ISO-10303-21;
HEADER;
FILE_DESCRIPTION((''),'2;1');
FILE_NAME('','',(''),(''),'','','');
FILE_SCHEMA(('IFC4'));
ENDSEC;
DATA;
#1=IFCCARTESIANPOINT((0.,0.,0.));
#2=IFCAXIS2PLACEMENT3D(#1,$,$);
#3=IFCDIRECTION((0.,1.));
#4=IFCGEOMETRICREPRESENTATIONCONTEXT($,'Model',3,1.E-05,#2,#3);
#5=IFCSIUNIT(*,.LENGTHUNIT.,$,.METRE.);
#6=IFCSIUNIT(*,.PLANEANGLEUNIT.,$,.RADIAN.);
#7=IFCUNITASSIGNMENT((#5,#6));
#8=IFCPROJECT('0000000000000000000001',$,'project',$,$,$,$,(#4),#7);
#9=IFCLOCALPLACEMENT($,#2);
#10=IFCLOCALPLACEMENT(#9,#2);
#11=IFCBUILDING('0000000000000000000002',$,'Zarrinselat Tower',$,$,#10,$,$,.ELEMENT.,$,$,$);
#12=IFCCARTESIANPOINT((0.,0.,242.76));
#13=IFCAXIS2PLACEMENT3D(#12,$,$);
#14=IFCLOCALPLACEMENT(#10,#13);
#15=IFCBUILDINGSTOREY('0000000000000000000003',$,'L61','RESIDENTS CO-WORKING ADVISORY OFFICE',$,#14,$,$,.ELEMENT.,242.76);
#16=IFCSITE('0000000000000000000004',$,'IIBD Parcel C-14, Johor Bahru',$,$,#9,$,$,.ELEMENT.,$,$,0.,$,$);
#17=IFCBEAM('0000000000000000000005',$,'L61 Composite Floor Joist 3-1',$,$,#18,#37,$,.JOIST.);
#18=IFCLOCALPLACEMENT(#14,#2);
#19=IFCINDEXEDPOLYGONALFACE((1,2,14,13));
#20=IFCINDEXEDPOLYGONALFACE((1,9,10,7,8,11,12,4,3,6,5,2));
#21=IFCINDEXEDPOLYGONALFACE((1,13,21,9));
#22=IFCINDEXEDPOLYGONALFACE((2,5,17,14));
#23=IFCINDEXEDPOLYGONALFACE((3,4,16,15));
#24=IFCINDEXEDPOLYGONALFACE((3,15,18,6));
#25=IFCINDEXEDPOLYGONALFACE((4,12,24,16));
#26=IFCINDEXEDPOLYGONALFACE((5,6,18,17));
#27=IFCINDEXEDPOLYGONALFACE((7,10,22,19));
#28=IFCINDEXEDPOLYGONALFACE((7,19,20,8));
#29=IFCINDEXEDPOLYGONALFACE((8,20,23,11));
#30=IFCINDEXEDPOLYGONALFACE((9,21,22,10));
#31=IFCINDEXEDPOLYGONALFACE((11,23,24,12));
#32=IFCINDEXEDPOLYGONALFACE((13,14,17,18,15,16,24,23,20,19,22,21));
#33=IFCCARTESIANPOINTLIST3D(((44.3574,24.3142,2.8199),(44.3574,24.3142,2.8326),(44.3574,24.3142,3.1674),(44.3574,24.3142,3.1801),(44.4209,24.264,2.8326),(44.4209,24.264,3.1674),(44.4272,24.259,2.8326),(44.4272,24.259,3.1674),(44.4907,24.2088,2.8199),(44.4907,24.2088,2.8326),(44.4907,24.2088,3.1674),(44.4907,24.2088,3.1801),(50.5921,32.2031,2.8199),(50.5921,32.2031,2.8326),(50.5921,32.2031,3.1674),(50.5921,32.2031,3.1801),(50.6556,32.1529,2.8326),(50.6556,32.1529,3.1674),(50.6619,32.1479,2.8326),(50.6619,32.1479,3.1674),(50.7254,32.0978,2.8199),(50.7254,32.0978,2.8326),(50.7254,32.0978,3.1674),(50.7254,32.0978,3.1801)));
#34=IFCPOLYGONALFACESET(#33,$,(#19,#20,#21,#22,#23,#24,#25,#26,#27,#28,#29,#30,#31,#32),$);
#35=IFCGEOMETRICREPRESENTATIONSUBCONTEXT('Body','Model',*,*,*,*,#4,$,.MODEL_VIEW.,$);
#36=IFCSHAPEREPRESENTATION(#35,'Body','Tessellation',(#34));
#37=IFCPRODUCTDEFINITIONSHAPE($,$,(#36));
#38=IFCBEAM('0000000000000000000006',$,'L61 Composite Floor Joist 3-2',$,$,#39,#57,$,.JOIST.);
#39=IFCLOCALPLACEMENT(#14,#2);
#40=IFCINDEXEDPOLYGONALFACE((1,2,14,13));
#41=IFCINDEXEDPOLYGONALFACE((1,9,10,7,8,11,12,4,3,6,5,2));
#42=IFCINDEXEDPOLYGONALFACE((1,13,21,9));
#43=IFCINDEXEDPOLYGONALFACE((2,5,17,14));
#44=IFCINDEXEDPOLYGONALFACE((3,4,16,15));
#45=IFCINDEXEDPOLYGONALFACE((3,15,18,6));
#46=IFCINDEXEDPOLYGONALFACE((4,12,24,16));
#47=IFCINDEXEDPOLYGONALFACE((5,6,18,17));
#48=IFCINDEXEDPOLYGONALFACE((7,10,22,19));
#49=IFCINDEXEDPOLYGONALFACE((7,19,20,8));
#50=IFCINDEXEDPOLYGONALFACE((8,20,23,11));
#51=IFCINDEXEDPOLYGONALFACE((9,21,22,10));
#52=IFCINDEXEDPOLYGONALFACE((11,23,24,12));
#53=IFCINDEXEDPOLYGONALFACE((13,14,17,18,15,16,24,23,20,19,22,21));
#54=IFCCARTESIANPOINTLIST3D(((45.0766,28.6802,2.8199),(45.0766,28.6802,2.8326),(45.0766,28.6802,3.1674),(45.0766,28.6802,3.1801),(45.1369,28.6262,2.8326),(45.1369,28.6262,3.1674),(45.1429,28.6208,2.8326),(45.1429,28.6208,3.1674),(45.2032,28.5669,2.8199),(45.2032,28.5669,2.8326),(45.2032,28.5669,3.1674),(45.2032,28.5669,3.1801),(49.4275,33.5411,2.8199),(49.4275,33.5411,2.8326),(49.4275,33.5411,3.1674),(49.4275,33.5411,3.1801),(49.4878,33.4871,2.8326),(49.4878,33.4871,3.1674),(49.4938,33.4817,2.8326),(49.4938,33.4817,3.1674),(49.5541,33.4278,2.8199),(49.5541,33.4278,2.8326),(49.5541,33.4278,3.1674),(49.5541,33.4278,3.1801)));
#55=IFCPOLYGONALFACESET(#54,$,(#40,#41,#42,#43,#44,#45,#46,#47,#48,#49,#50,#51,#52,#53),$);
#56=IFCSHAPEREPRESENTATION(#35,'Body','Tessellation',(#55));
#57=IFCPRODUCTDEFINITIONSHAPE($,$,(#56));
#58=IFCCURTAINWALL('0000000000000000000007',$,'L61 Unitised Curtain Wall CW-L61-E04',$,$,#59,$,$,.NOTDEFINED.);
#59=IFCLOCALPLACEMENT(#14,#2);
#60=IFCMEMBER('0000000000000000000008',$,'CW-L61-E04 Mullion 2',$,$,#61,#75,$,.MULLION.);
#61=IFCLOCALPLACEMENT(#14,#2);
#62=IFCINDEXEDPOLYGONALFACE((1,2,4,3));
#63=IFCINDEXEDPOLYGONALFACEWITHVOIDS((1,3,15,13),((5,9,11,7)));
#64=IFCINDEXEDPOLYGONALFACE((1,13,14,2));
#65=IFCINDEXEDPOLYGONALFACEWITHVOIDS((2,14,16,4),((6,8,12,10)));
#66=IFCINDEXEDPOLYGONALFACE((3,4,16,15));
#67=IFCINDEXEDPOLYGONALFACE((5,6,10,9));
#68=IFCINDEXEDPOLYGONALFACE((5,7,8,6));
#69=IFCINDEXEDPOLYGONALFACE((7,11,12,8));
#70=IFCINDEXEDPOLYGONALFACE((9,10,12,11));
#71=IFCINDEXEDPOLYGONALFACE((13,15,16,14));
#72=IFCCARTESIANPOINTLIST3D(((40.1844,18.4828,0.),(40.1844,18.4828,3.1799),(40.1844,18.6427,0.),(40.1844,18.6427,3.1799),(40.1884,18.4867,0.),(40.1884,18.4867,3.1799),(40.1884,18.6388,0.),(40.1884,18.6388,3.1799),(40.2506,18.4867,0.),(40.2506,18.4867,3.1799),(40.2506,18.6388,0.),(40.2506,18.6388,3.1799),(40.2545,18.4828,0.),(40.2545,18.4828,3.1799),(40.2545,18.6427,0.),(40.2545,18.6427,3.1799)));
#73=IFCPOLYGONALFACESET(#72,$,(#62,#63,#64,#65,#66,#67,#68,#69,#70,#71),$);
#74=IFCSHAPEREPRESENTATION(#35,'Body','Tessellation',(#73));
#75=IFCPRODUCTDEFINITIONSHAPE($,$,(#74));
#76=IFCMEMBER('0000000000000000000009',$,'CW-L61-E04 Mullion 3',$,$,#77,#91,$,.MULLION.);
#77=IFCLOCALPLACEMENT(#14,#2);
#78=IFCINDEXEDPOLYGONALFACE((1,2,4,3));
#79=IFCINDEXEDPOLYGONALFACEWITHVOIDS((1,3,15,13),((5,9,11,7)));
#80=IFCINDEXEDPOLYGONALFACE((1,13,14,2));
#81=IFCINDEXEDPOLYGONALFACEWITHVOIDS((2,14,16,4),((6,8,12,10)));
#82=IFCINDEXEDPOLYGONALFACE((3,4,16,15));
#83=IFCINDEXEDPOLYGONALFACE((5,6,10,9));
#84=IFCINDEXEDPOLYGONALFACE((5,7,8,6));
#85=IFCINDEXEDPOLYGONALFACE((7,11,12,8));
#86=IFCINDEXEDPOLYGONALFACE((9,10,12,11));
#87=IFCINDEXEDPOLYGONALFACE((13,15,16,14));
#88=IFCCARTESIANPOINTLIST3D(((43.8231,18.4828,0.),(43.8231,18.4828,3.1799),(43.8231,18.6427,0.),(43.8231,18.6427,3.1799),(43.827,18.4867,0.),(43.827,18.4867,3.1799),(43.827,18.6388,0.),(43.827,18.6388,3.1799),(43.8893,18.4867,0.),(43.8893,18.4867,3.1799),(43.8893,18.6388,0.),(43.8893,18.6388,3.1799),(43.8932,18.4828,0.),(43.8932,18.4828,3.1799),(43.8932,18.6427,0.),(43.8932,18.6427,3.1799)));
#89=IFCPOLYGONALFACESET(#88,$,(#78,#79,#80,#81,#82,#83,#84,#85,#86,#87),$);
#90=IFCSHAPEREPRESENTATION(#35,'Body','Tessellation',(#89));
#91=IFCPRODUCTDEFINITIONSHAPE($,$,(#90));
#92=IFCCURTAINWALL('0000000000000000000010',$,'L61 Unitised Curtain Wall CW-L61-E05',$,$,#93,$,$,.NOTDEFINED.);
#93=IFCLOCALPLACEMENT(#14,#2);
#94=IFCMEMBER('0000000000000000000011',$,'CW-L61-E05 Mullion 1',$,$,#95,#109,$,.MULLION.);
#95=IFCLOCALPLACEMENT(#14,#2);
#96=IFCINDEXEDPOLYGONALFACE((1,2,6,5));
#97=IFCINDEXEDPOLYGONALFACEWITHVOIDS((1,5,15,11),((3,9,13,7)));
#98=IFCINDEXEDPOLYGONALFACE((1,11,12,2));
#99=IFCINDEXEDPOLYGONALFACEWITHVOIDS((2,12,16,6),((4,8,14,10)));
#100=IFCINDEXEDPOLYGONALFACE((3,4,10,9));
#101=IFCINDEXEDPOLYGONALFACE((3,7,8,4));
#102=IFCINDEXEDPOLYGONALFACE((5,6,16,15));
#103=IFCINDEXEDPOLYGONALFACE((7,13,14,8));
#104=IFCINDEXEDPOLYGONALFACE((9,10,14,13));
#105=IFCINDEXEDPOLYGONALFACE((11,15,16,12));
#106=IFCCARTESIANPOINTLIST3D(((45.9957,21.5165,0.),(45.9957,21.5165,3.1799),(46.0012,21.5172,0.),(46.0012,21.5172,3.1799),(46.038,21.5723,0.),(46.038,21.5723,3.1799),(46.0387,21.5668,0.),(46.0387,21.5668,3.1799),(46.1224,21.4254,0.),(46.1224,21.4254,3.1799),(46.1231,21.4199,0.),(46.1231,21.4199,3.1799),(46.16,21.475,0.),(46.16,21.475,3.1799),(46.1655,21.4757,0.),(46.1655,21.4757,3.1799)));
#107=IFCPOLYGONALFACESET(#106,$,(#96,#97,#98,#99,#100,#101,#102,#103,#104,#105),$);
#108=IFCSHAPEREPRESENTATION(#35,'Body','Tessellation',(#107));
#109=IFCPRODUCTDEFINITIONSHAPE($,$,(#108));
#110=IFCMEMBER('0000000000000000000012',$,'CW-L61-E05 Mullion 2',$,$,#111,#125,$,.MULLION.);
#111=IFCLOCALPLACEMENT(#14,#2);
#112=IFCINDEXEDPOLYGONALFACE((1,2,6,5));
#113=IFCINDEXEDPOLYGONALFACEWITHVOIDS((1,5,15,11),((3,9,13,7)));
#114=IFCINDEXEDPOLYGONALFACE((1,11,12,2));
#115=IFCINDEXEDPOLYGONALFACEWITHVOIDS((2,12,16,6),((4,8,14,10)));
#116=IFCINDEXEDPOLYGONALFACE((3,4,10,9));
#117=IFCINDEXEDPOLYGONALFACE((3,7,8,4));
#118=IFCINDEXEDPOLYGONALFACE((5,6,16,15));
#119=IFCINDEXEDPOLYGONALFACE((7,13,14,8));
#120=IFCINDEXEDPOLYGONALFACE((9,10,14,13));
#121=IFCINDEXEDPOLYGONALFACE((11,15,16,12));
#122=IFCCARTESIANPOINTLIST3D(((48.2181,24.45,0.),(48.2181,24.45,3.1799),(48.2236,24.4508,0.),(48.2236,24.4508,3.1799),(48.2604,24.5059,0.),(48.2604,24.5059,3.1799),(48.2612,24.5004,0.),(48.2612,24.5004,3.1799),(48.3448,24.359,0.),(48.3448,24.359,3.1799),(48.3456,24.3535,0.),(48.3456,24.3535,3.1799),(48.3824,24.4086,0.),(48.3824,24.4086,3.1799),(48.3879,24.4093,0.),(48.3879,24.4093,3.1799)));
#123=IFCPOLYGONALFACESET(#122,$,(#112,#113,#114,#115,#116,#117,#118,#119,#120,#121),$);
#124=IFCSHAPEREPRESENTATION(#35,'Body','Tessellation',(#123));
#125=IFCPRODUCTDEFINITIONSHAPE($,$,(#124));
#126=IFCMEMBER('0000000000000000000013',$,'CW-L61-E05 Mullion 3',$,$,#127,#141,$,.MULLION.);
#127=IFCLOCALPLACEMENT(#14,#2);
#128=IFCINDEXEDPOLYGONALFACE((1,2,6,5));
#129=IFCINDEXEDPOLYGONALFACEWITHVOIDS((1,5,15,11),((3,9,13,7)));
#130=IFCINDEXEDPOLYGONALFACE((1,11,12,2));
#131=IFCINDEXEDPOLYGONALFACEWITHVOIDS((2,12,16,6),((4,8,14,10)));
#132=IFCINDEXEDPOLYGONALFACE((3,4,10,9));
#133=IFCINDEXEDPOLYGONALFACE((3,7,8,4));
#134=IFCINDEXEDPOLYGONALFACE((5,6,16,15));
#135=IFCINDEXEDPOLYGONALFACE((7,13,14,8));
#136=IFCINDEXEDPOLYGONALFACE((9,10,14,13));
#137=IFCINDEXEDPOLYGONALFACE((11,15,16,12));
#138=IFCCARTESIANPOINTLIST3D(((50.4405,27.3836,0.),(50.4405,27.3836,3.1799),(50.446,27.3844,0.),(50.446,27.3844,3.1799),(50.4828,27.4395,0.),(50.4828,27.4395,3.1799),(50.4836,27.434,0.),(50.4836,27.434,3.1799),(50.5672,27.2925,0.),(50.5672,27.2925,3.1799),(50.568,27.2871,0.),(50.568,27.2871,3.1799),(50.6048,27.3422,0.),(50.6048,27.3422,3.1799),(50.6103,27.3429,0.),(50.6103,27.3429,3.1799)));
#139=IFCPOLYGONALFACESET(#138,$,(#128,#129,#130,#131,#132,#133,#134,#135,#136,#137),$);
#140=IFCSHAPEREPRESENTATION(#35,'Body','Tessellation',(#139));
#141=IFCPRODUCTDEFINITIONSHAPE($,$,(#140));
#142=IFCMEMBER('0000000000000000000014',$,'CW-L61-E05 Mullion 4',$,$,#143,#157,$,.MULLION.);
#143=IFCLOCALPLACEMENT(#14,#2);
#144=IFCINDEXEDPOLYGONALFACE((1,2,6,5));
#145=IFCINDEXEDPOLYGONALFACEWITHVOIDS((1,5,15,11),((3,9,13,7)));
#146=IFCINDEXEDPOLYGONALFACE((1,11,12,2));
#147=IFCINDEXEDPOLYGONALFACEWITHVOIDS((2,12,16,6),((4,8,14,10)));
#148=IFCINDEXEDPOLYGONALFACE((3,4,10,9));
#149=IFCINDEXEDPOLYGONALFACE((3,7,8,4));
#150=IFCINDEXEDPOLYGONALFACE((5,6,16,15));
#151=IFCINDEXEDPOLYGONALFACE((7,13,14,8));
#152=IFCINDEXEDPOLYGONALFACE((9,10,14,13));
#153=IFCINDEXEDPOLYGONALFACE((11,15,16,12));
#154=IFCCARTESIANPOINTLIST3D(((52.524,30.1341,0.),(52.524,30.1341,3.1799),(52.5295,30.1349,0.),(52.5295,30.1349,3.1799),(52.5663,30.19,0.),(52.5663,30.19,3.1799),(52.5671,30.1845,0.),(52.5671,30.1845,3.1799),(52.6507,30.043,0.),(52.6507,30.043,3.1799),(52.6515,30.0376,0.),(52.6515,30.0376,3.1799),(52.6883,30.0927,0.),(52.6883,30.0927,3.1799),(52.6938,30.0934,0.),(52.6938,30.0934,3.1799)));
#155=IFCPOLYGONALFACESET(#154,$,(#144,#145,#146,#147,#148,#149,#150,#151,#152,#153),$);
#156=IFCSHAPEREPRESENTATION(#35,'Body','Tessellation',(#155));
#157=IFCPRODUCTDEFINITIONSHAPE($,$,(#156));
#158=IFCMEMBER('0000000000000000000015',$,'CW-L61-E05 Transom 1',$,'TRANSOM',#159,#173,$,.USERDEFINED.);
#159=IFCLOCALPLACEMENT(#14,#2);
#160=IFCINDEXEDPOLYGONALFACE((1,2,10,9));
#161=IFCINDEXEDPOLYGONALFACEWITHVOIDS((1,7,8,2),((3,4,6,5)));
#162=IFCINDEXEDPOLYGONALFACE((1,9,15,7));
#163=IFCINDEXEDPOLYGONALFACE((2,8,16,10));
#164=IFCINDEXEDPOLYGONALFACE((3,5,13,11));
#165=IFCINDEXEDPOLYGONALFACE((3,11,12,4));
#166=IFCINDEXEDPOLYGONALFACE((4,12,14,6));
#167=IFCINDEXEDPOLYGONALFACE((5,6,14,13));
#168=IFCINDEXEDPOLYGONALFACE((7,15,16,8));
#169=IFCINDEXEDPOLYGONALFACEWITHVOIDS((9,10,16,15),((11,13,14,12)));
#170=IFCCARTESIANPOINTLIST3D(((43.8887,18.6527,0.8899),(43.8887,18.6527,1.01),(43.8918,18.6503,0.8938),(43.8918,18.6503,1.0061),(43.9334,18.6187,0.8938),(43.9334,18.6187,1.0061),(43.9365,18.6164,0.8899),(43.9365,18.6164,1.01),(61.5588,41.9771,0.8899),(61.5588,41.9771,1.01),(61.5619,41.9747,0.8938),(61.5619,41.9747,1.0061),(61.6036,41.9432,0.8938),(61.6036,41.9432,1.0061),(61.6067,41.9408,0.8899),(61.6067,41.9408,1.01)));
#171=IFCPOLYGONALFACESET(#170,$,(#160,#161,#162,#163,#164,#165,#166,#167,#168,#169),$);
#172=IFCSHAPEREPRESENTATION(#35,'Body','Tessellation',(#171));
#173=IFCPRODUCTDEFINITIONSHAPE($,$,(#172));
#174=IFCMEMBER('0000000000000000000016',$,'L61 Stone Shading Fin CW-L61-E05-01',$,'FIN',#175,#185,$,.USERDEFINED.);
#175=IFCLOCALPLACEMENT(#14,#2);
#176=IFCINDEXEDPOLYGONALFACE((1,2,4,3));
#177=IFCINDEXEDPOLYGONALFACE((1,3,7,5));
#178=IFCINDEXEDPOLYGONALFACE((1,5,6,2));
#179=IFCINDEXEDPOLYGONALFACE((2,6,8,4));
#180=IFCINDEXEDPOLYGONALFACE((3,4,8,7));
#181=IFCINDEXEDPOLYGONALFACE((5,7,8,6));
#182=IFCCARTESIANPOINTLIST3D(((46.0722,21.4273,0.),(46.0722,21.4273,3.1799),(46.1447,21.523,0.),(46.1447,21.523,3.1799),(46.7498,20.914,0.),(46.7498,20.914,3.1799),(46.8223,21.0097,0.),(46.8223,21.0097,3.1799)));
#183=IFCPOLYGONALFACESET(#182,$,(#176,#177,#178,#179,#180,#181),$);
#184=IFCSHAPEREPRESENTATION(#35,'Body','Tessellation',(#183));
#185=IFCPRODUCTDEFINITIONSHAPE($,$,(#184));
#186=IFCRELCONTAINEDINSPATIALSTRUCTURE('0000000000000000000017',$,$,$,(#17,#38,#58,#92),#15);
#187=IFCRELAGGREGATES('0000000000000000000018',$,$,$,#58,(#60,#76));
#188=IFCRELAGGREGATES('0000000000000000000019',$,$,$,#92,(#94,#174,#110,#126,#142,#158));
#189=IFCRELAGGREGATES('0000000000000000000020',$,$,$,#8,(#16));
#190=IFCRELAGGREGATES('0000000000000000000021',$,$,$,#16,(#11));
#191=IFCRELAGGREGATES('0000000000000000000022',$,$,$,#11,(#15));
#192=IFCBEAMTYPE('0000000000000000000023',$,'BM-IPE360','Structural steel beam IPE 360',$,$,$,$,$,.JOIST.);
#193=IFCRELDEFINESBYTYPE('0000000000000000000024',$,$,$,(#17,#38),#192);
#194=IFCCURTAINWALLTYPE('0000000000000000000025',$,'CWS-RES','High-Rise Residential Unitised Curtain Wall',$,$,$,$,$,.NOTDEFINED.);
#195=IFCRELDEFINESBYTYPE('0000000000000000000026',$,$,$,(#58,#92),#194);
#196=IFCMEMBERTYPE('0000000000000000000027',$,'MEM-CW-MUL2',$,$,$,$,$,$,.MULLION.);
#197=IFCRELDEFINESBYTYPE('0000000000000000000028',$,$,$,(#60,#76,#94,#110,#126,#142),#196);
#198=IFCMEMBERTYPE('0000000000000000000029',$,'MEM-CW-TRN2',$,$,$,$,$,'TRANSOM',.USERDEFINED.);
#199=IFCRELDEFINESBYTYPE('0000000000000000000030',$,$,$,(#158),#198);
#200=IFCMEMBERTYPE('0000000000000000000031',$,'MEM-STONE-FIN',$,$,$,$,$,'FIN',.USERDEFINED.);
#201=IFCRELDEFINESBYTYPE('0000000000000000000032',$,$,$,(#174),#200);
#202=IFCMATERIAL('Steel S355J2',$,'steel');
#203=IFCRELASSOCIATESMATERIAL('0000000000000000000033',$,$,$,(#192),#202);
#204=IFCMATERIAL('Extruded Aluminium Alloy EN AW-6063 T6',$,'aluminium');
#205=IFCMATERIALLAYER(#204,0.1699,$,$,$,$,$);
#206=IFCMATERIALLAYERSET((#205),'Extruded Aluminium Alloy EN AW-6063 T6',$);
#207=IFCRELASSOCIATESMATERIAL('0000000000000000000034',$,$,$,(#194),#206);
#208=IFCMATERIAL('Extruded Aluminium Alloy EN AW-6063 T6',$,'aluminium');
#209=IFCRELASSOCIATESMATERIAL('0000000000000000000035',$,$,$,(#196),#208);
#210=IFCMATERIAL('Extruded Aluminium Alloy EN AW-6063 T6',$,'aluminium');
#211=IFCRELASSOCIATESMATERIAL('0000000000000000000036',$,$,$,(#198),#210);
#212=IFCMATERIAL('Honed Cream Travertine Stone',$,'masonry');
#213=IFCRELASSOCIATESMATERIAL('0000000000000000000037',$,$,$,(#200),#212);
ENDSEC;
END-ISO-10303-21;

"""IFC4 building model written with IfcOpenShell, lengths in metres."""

from ifc_helpers import new_model, si_unit, direction, frame, origin, origin_2d, place, context, subcontext, project, spatial, rectangle, hollow_rectangle, i_section, extrude, material, layer, layer_set, material_profile, profile_set, type_object, element, aggregate, save


model = new_model("IFC4")

# Units and contexts
model_context = context("Model", 3, precision=1e-05, world=origin(), true_north=direction((0.0, 1.0)))
body_context = subcontext(model_context, "Body", "Model", "MODEL_VIEW")
ifc_project = project(units=[si_unit("LENGTHUNIT", "METRE"), si_unit("PLANEANGLEUNIT", "RADIAN")], contexts=[model_context])

# Site, building, storey
site_placement = place(None, origin())
site = spatial("IfcSite", under=ifc_project, at=site_placement, Name="IIBD Parcel C-14, Johor Bahru", CompositionType="ELEMENT", RefElevation=0.0)
building_placement = place(site_placement, origin())
building = spatial("IfcBuilding", under=site, at=building_placement, Name="Zarrinselat Tower", CompositionType="ELEMENT")
storey_placement = place(building_placement, frame((0.0, 0.0, 242.76)))
storey = spatial("IfcBuildingStorey", under=building, at=storey_placement, Name="L61", Description="RESIDENTS CO-WORKING ADVISORY OFFICE", CompositionType="ELEMENT", Elevation=242.76)

# Beams
ifc_material_1 = material(Name="Steel S355J2", Category="steel")
ifc_material_profile_1 = material_profile(ifc_material_1, i_section(OverallWidth=0.1699, OverallDepth=0.3601, WebThickness=0.0081, FlangeThickness=0.0127, at=origin_2d()), Name="IPE 360")
ifc_profile_set_1 = profile_set([ifc_material_profile_1], Name="Steel S355J2")
beam_type_1 = type_object("IfcBeamType", Name="BM-IPE360", Description="Structural steel beam IPE 360", PredefinedType="JOIST", material=ifc_profile_set_1)
beam_1_placement = place(storey_placement, frame((44.4241, 24.2615, 3.0), z_axis=(0.620044, 0.784567, 0.0), x_axis=(-0.784567, 0.620044, 0.0)))
element("IfcBeam", 1, at=beam_1_placement, inside=storey, type_object=beam_type_1, Name="L61 Composite Floor Joist 3-1", PredefinedType="JOIST", context=body_context, shape_type="SweptSolid", body=[
    extrude(i_section(OverallWidth=0.1699, OverallDepth=0.3601, WebThickness=0.0081, FlangeThickness=0.0127, at=origin_2d()), origin(), (0.0, 0.0, 1.0), 10.0552),
])
beam_2_placement = place(storey_placement, frame((45.1399, 28.6235, 3.0), z_axis=(0.666936, 0.745115, 0.0), x_axis=(-0.745115, 0.666936, 0.0)))
element("IfcBeam", 2, at=beam_2_placement, inside=storey, type_object=beam_type_1, Name="L61 Composite Floor Joist 3-2", PredefinedType="JOIST", context=body_context, shape_type="SweptSolid", body=[
    extrude(i_section(OverallWidth=0.1699, OverallDepth=0.3601, WebThickness=0.0081, FlangeThickness=0.0127, at=origin_2d()), origin(), (0.0, 0.0, 1.0), 6.5237),
])

# Curtain walls, members
ifc_material_2 = material(Name="Extruded Aluminium Alloy EN AW-6063 T6", Category="aluminium")
ifc_layer_1 = layer(ifc_material_2, 0.1699)
ifc_layer_set_1 = layer_set([ifc_layer_1], Name="Extruded Aluminium Alloy EN AW-6063 T6")
curtain_wall_type = type_object("IfcCurtainWallType", Name="CWS-RES", Description="High-Rise Residential Unitised Curtain Wall", PredefinedType="NOTDEFINED", material=ifc_layer_set_1)
curtain_wall_1_placement = place(storey_placement, origin())
curtain_wall_1 = element("IfcCurtainWall", 3, at=curtain_wall_1_placement, inside=storey, type_object=curtain_wall_type, Name="L61 Unitised Curtain Wall CW-L61-E04", PredefinedType="NOTDEFINED")
ifc_material_3 = material(Name="Extruded Aluminium Alloy EN AW-6063 T6", Category="aluminium")
ifc_material_profile_2 = material_profile(ifc_material_3, hollow_rectangle(XDim=0.0701, YDim=0.1599, WallThickness=0.0039, at=origin_2d()), Name="RHS 160x70x4")
ifc_profile_set_2 = profile_set([ifc_material_profile_2], Name="Extruded Aluminium Alloy EN AW-6063 T6")
member_type_1 = type_object("IfcMemberType", Name="MEM-CW-MUL2", PredefinedType="MULLION", material=ifc_profile_set_2)
member_1_placement = place(storey_placement, frame((40.2195, 18.5627, 0.0), z_axis=(0.0, 0.0, 1.0), x_axis=(1.0, 0.0, 0.0)))
member_1 = element("IfcMember", 4, at=member_1_placement, type_object=member_type_1, Name="CW-L61-E04 Mullion 2", PredefinedType="MULLION", context=body_context, shape_type="SweptSolid", body=[
    extrude(hollow_rectangle(XDim=0.0701, YDim=0.1599, WallThickness=0.0039, at=origin_2d()), origin(), (0.0, 0.0, 1.0), 3.1799),
])
member_2_placement = place(storey_placement, frame((43.8582, 18.5627, 0.0), z_axis=(0.0, 0.0, 1.0), x_axis=(1.0, 0.0, 0.0)))
member_2 = element("IfcMember", 5, at=member_2_placement, type_object=member_type_1, Name="CW-L61-E04 Mullion 3", PredefinedType="MULLION", context=body_context, shape_type="SweptSolid", body=[
    extrude(hollow_rectangle(XDim=0.0701, YDim=0.1599, WallThickness=0.0039, at=origin_2d()), origin(), (0.0, 0.0, 1.0), 3.1799),
])
curtain_wall_2_placement = place(storey_placement, origin())
curtain_wall_2 = element("IfcCurtainWall", 6, at=curtain_wall_2_placement, inside=storey, type_object=curtain_wall_type, Name="L61 Unitised Curtain Wall CW-L61-E05", PredefinedType="NOTDEFINED")
member_3_placement = place(storey_placement, frame((46.0806, 21.4961, 0.0), z_axis=(0.0, 0.0, 1.0), x_axis=(0.603858, 0.797092, 0.0)))
member_3 = element("IfcMember", 7, at=member_3_placement, type_object=member_type_1, Name="CW-L61-E05 Mullion 1", PredefinedType="MULLION", context=body_context, shape_type="SweptSolid", body=[
    extrude(hollow_rectangle(XDim=0.0701, YDim=0.1599, WallThickness=0.0039, at=origin_2d()), origin(), (0.0, 0.0, 1.0), 3.1799),
])
member_4_placement = place(storey_placement, frame((48.303, 24.4297, 0.0), z_axis=(0.0, 0.0, 1.0), x_axis=(0.603858, 0.797092, 0.0)))
member_4 = element("IfcMember", 8, at=member_4_placement, type_object=member_type_1, Name="CW-L61-E05 Mullion 2", PredefinedType="MULLION", context=body_context, shape_type="SweptSolid", body=[
    extrude(hollow_rectangle(XDim=0.0701, YDim=0.1599, WallThickness=0.0039, at=origin_2d()), origin(), (0.0, 0.0, 1.0), 3.1799),
])
member_5_placement = place(storey_placement, frame((50.5254, 27.3633, 0.0), z_axis=(0.0, 0.0, 1.0), x_axis=(0.603858, 0.797092, 0.0)))
member_5 = element("IfcMember", 9, at=member_5_placement, type_object=member_type_1, Name="CW-L61-E05 Mullion 3", PredefinedType="MULLION", context=body_context, shape_type="SweptSolid", body=[
    extrude(hollow_rectangle(XDim=0.0701, YDim=0.1599, WallThickness=0.0039, at=origin_2d()), origin(), (0.0, 0.0, 1.0), 3.1799),
])
member_6_placement = place(storey_placement, frame((52.6089, 30.1138, 0.0), z_axis=(0.0, 0.0, 1.0), x_axis=(0.603858, 0.797092, 0.0)))
member_6 = element("IfcMember", 10, at=member_6_placement, type_object=member_type_1, Name="CW-L61-E05 Mullion 4", PredefinedType="MULLION", context=body_context, shape_type="SweptSolid", body=[
    extrude(hollow_rectangle(XDim=0.0701, YDim=0.1599, WallThickness=0.0039, at=origin_2d()), origin(), (0.0, 0.0, 1.0), 3.1799),
])
ifc_material_4 = material(Name="Extruded Aluminium Alloy EN AW-6063 T6", Category="aluminium")
ifc_material_profile_3 = material_profile(ifc_material_4, hollow_rectangle(XDim=0.0601, YDim=0.1201, WallThickness=0.0039, at=origin_2d()), Name="RHS 120x60x4")
ifc_profile_set_3 = profile_set([ifc_material_profile_3], Name="Extruded Aluminium Alloy EN AW-6063 T6")
member_type_2 = type_object("IfcMemberType", Name="MEM-CW-TRN2", ElementType="TRANSOM", PredefinedType="USERDEFINED", material=ifc_profile_set_3)
member_7_placement = place(storey_placement, frame((43.9126, 18.6345, 0.95), z_axis=(0.60386, 0.79709, 0.0), x_axis=(-0.79709, 0.60386, 0.0)))
member_7 = element("IfcMember", 11, at=member_7_placement, type_object=member_type_2, Name="CW-L61-E05 Transom 1", ObjectType="TRANSOM", PredefinedType="USERDEFINED", context=body_context, shape_type="SweptSolid", body=[
    extrude(hollow_rectangle(XDim=0.0601, YDim=0.1201, WallThickness=0.0039, at=origin_2d()), origin(), (0.0, 0.0, 1.0), 29.262),
])
ifc_material_5 = material(Name="Honed Cream Travertine Stone", Category="masonry")
ifc_material_profile_4 = material_profile(ifc_material_5, rectangle(XDim=0.1201, YDim=0.8501, at=origin_2d()), Name="FIN 850x120")
ifc_profile_set_4 = profile_set([ifc_material_profile_4], Name="Honed Cream Travertine Stone")
member_type_3 = type_object("IfcMemberType", Name="MEM-STONE-FIN", ElementType="FIN", PredefinedType="USERDEFINED", material=ifc_profile_set_4)
member_8_placement = place(storey_placement, frame((46.4473, 21.2185, 0.0), z_axis=(0.0, 0.0, 1.0), x_axis=(-0.603858, -0.797092, 0.0)))
member_8 = element("IfcMember", 12, at=member_8_placement, type_object=member_type_3, Name="L61 Stone Shading Fin CW-L61-E05-01", ObjectType="FIN", PredefinedType="USERDEFINED", context=body_context, shape_type="SweptSolid", body=[
    extrude(rectangle(XDim=0.1201, YDim=0.8501, at=origin_2d()), origin(), (0.0, 0.0, 1.0), 3.1799),
])

aggregate(curtain_wall_1, [member_1, member_2])
aggregate(curtain_wall_2, [member_3, member_8, member_4, member_5, member_6, member_7])

save(model, "model.ifc")
